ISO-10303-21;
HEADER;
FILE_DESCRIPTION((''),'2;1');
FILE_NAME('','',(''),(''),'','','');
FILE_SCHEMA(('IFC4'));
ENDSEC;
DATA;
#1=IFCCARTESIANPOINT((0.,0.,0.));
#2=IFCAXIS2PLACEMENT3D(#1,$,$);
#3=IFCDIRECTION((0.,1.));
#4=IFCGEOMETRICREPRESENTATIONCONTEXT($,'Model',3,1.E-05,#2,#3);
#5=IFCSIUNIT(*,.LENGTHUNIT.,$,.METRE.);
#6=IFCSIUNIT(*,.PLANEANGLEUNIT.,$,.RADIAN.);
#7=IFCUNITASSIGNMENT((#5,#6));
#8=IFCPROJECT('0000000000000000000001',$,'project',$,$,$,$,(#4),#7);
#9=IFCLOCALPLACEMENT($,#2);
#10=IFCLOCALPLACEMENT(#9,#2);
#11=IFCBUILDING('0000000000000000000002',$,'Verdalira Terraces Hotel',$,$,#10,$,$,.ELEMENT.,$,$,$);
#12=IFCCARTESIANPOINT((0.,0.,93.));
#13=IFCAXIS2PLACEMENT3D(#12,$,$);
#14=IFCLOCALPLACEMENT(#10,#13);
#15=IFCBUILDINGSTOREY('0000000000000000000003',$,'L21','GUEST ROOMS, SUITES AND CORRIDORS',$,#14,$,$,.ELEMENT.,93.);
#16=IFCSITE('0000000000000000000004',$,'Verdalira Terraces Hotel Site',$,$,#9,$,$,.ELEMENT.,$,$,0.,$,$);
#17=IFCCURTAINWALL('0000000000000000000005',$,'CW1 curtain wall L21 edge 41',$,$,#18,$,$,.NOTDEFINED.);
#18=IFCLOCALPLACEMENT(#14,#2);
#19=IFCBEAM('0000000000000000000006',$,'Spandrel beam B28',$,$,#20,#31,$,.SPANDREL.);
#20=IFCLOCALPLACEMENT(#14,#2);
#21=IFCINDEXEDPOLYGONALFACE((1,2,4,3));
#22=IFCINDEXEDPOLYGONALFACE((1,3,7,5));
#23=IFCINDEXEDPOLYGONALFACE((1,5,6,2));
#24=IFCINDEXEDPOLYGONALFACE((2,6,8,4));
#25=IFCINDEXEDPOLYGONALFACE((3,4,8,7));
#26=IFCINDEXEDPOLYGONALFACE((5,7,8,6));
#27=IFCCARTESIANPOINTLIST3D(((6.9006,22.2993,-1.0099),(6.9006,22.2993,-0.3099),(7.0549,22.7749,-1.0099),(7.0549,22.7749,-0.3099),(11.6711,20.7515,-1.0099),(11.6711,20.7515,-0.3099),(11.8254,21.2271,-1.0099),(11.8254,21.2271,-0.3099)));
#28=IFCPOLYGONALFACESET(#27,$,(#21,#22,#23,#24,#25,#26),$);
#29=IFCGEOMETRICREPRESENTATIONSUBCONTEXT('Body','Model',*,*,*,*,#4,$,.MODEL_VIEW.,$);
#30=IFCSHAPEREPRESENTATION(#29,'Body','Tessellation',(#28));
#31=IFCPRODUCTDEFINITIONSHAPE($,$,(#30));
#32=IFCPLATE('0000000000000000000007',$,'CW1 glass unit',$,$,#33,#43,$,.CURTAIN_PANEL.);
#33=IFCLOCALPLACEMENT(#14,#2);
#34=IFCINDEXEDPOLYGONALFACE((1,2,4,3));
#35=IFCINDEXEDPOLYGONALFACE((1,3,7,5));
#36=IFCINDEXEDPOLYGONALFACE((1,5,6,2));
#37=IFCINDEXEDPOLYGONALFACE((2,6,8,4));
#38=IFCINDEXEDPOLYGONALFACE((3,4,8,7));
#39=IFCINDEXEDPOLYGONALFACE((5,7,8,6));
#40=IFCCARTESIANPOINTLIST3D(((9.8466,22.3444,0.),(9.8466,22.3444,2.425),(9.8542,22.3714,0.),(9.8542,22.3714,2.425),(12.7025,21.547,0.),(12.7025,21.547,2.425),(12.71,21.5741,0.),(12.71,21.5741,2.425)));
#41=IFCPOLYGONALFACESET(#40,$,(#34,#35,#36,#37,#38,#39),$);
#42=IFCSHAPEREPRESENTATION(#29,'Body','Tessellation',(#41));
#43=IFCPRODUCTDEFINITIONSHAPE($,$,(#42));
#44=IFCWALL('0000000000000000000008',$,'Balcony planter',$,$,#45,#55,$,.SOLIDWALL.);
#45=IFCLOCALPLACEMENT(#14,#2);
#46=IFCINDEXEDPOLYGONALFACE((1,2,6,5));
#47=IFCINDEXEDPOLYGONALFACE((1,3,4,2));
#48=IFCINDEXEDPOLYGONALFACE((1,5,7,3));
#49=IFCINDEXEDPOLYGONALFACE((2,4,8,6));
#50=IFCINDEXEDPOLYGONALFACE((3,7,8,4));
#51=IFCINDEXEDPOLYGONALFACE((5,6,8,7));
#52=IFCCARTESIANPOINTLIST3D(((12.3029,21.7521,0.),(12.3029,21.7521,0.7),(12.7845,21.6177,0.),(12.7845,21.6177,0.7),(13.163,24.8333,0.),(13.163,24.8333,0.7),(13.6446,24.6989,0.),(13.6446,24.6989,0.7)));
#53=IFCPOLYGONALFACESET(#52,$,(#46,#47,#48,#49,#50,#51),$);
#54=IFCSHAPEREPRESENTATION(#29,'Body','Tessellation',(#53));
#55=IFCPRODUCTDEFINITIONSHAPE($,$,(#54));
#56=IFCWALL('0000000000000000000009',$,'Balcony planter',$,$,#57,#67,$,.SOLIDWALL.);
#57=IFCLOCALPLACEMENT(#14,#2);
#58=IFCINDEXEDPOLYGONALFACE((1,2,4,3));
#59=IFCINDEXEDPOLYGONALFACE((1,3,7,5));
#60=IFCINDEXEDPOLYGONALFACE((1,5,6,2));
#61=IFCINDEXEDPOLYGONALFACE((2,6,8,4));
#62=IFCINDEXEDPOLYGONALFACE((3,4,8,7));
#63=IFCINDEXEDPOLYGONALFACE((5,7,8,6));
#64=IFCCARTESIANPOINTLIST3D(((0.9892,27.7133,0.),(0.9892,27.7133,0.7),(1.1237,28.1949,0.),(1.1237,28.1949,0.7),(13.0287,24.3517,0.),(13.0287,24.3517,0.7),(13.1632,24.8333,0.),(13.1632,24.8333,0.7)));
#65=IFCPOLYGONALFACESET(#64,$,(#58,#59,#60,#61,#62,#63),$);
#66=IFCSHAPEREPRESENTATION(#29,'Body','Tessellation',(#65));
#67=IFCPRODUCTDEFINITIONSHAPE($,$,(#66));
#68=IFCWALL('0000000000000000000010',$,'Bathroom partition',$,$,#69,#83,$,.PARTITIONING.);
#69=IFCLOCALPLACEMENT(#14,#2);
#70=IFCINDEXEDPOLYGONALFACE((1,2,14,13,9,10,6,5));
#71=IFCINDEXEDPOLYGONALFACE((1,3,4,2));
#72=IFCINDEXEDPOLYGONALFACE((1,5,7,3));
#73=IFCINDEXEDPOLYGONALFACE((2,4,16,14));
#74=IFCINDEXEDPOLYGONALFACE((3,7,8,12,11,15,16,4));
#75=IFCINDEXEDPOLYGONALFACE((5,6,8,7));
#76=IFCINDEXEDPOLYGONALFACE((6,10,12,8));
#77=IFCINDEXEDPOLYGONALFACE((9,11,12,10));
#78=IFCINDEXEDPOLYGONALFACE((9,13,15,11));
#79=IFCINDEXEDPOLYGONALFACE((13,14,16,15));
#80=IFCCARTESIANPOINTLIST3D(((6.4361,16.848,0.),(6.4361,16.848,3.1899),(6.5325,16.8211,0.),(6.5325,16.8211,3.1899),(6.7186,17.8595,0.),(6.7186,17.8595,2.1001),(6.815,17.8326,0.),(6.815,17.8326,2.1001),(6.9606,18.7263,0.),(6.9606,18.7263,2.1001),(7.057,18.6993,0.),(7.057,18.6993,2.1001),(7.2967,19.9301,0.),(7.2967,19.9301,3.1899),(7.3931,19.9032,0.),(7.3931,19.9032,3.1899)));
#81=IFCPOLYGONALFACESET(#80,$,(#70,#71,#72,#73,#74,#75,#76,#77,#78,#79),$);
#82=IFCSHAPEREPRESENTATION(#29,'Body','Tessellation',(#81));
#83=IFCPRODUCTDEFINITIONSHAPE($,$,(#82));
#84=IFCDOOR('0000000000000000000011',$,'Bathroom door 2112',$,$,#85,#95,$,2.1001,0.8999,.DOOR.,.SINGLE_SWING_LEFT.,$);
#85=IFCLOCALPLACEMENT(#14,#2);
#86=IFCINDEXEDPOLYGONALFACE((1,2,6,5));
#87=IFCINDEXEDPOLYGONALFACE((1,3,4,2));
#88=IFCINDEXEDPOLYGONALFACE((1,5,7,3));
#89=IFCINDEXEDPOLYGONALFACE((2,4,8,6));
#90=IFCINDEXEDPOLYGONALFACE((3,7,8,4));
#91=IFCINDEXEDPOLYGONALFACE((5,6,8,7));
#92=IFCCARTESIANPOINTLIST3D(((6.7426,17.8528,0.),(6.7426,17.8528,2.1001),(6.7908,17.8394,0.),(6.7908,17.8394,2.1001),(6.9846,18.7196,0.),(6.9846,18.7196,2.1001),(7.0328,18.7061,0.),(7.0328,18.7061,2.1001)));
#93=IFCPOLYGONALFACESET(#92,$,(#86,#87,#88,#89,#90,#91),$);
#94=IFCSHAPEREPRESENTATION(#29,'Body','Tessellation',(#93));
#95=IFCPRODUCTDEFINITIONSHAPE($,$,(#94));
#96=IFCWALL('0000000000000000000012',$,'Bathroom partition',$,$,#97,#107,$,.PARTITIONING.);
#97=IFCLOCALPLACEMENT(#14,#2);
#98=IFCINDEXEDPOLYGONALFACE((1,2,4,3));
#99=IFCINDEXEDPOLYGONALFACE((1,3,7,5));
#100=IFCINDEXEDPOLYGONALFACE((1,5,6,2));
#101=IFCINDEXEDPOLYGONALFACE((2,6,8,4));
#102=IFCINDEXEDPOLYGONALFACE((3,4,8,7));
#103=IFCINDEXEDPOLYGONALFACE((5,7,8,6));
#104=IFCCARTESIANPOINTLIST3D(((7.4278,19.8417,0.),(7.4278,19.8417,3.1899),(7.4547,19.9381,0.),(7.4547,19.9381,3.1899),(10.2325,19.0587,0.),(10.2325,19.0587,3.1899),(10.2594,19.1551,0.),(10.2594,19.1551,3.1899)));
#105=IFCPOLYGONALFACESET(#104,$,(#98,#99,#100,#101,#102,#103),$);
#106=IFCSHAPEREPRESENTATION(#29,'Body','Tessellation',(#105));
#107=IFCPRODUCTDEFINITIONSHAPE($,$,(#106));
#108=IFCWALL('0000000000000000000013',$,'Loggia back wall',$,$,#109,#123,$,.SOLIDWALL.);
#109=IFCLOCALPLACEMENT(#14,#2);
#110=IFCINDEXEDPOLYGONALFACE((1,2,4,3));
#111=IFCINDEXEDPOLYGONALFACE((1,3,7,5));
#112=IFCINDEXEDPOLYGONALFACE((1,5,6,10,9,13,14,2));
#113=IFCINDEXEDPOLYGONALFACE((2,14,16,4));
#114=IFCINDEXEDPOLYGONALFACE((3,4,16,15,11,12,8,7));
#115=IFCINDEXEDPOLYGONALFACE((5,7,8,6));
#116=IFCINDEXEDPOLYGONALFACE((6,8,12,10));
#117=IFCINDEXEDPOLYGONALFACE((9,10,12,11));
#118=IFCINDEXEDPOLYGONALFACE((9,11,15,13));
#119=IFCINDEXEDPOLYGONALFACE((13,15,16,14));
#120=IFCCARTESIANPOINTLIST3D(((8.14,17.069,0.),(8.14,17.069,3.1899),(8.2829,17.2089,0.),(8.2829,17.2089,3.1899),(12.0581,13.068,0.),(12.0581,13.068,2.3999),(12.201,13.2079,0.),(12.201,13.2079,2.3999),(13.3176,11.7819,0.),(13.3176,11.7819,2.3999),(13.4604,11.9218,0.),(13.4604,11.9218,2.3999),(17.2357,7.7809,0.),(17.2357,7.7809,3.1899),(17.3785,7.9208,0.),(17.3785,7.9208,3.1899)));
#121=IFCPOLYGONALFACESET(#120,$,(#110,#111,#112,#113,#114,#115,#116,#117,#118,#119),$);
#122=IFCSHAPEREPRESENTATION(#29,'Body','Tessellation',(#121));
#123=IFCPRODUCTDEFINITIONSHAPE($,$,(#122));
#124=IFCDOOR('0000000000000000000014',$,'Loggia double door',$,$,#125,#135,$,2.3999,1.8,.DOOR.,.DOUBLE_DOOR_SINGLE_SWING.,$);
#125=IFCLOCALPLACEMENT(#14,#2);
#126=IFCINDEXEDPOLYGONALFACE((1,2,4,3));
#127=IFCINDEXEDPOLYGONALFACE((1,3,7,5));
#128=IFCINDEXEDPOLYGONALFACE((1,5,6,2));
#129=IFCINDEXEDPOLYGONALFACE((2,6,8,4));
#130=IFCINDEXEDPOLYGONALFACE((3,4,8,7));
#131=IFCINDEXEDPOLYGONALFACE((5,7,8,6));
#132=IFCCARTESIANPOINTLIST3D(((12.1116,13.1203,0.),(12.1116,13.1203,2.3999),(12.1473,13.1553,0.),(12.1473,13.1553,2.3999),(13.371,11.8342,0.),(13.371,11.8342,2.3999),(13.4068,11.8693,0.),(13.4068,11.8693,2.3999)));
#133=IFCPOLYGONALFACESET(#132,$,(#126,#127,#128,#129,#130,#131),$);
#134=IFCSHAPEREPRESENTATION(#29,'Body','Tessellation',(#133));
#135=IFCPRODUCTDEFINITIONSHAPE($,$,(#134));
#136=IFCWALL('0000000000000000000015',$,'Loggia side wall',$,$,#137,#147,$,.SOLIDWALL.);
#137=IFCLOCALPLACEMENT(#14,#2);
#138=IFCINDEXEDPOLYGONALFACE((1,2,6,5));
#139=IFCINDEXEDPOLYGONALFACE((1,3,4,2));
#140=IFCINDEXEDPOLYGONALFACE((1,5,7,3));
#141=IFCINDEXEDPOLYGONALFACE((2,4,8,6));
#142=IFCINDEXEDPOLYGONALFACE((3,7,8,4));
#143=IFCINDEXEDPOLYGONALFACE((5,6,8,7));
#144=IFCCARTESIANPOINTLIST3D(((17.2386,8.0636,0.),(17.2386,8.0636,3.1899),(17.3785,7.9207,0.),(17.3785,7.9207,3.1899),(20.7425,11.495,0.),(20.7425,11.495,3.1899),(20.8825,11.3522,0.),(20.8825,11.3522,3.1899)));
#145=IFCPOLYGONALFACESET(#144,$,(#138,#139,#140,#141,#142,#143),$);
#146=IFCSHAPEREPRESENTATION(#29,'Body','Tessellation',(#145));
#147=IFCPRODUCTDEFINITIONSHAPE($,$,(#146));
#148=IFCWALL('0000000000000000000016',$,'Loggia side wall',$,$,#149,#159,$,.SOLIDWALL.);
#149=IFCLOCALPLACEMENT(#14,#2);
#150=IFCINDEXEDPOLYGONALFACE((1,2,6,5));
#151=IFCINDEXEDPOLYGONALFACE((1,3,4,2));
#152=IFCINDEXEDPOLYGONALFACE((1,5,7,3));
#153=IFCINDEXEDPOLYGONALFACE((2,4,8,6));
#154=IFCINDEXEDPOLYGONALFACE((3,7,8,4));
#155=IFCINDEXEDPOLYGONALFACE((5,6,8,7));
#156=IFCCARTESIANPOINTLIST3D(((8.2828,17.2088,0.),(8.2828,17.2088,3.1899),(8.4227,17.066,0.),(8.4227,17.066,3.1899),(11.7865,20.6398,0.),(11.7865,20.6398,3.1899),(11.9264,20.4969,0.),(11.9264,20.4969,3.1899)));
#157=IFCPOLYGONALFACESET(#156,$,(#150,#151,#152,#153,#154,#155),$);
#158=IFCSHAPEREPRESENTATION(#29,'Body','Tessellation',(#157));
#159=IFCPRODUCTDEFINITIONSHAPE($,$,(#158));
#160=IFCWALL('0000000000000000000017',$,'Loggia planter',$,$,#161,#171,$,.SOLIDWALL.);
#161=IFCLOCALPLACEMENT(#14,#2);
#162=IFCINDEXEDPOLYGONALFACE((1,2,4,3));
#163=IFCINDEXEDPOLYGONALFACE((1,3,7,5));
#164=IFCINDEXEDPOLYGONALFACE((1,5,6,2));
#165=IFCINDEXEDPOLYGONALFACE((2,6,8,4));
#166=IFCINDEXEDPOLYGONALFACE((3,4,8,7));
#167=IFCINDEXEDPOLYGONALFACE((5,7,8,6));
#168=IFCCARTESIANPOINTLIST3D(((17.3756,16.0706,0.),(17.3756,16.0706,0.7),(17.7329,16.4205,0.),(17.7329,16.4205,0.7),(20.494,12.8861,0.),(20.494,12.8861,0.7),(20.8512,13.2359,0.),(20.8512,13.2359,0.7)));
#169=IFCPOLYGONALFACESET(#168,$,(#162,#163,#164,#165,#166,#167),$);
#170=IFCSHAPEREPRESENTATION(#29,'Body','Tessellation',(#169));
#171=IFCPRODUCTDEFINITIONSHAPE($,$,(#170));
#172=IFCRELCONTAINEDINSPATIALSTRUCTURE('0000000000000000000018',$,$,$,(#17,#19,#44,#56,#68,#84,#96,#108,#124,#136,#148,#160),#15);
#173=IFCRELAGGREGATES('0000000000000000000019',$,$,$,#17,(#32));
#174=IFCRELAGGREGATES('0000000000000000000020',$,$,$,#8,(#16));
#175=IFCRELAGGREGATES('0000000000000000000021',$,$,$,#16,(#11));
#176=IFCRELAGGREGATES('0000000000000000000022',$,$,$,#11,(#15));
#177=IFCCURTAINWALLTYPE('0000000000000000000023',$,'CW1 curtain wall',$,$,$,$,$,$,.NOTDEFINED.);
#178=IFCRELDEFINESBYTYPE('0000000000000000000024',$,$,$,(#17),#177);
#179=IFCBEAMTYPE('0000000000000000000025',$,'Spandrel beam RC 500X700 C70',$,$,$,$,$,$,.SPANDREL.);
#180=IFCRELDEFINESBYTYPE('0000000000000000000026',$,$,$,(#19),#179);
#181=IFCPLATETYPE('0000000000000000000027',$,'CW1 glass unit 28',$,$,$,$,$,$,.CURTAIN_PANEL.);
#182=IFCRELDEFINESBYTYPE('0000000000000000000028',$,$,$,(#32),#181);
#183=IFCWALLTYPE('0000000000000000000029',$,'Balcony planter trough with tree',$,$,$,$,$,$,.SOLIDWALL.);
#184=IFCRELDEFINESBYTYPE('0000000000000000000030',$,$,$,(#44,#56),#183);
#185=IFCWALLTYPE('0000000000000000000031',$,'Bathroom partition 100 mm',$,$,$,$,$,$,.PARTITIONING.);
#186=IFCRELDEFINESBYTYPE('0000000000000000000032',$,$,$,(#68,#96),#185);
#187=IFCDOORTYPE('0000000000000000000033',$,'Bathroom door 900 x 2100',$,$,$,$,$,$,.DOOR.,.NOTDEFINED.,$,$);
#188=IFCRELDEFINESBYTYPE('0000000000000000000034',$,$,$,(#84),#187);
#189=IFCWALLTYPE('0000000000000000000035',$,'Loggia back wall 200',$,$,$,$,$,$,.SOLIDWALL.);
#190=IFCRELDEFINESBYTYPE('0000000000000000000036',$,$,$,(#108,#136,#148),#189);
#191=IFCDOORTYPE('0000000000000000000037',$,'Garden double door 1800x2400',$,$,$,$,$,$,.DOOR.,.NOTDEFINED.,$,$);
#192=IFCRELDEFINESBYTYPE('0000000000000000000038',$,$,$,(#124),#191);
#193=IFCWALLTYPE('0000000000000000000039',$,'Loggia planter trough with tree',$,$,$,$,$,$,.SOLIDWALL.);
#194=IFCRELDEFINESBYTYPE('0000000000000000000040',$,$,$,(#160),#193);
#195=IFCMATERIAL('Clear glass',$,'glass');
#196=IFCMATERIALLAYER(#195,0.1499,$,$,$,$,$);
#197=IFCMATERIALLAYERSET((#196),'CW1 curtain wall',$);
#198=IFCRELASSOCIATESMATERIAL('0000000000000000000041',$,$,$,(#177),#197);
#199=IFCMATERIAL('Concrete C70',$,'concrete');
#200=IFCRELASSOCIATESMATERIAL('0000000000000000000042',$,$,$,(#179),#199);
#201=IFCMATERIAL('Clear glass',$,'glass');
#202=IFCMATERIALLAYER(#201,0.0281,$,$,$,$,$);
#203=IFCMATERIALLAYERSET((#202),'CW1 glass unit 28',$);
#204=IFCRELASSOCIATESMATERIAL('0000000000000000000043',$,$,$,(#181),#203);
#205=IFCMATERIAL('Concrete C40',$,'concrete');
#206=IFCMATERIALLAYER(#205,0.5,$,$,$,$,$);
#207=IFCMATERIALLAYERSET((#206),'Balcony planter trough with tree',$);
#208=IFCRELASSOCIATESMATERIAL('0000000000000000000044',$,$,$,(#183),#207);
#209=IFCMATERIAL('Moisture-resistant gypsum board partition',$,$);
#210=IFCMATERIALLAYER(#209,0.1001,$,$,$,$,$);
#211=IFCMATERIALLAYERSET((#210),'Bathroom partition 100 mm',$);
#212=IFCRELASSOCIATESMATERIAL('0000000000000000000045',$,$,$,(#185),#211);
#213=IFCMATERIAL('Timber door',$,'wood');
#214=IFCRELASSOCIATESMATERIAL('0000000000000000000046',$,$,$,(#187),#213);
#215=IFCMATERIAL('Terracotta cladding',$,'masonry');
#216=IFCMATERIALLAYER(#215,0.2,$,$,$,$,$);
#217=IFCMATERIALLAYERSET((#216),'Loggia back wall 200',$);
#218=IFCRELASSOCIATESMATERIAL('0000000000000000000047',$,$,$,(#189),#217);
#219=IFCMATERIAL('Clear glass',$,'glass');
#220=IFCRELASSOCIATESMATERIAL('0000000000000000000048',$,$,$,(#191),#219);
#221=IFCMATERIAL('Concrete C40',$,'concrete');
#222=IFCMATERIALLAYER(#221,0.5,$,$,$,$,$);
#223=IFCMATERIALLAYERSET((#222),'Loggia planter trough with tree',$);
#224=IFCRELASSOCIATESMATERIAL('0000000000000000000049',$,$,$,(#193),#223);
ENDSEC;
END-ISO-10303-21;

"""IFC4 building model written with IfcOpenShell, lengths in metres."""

from ifc_helpers import new_model, si_unit, direction, frame, frame_2d, origin, origin_2d, place, context, subcontext, project, spatial, rectangle, extrude, material, layer, layer_set, material_profile, profile_set, type_object, element, fill, aggregate, save


model = new_model("IFC4")

# Units and contexts
model_context = context("Model", 3, precision=1e-05, world=origin(), true_north=direction((0.0, 1.0)))
body_context = subcontext(model_context, "Body", "Model", "MODEL_VIEW")
ifc_project = project(units=[si_unit("LENGTHUNIT", "METRE"), si_unit("PLANEANGLEUNIT", "RADIAN")], contexts=[model_context])

# Site, building, storey
site_placement = place(None, origin())
site = spatial("IfcSite", under=ifc_project, at=site_placement, Name="Verdalira Terraces Hotel Site", CompositionType="ELEMENT", RefElevation=0.0)
building_placement = place(site_placement, origin())
building = spatial("IfcBuilding", under=site, at=building_placement, Name="Verdalira Terraces Hotel", CompositionType="ELEMENT")
storey_placement = place(building_placement, frame((0.0, 0.0, 93.0)))
storey = spatial("IfcBuildingStorey", under=building, at=storey_placement, Name="L21", Description="GUEST ROOMS, SUITES AND CORRIDORS", CompositionType="ELEMENT", Elevation=93.0)

# Shared definitions
ifc_material_1 = material(Name="Clear glass", Category="glass")
ifc_layer_1 = layer(ifc_material_1, 0.1499)
ifc_layer_set_1 = layer_set([ifc_layer_1], Name="CW1 curtain wall")
curtain_wall_type = type_object("IfcCurtainWallType", Name="CW1 curtain wall", PredefinedType="NOTDEFINED", material=ifc_layer_set_1)

# Curtain wall
curtain_wall_1_placement = place(storey_placement, origin())
curtain_wall_1 = element("IfcCurtainWall", 1, at=curtain_wall_1_placement, inside=storey, type_object=curtain_wall_type, Name="CW1 curtain wall L21 edge 41", PredefinedType="NOTDEFINED")

# Beam
ifc_material_2 = material(Name="Concrete C70", Category="concrete")
ifc_material_profile_1 = material_profile(ifc_material_2, rectangle(XDim=0.5, YDim=0.7, at=origin_2d()), Name="RC 500X700")
ifc_profile_set_1 = profile_set([ifc_material_profile_1], Name="Concrete C70")
beam_type_1 = type_object("IfcBeamType", Name="Spandrel beam RC 500X700 C70", PredefinedType="SPANDREL", material=ifc_profile_set_1)
beam_1_placement = place(storey_placement, frame((11.7483, 20.9893, -0.6599), z_axis=(-0.951184, 0.308624, 0.0), x_axis=(-0.308624, -0.951184, 0.0)))
element("IfcBeam", 2, at=beam_1_placement, inside=storey, type_object=beam_type_1, Name="Spandrel beam B28", PredefinedType="SPANDREL", context=body_context, shape_type="SweptSolid", body=[
    extrude(rectangle(XDim=0.5, YDim=0.7, at=origin_2d()), origin(), (0.0, 0.0, 1.0), 5.0154),
])

# Plate
ifc_material_3 = material(Name="Clear glass", Category="glass")
ifc_layer_2 = layer(ifc_material_3, 0.0281)
ifc_layer_set_2 = layer_set([ifc_layer_2], Name="CW1 glass unit 28")
plate_type = type_object("IfcPlateType", Name="CW1 glass unit 28", PredefinedType="CURTAIN_PANEL", material=ifc_layer_set_2)
plate_placement = place(storey_placement, frame((11.2783, 21.9592, 0.0), z_axis=(0.0, 0.0, 1.0), x_axis=(-0.963163, 0.26892, 0.0)))
plate = element("IfcPlate", 3, at=plate_placement, type_object=plate_type, Name="CW1 glass unit", PredefinedType="CURTAIN_PANEL", context=body_context, shape_type="SweptSolid", body=[
    extrude(rectangle(XDim=2.9651, YDim=0.0281, at=origin_2d()), origin(), (0.0, 0.0, 1.0), 2.425),
])
aggregate(curtain_wall_1, [plate])

# Walls
ifc_material_4 = material(Name="Concrete C40", Category="concrete")
ifc_layer_3 = layer(ifc_material_4, 0.5)
ifc_layer_set_3 = layer_set([ifc_layer_3], Name="Balcony planter trough with tree")
wall_type_1 = type_object("IfcWallType", Name="Balcony planter trough with tree", PredefinedType="SOLIDWALL", material=ifc_layer_set_3)
wall_1_placement = place(storey_placement, frame((12.5437, 21.6848, 0.0), z_axis=(0.0, 0.0, 1.0), x_axis=(0.26886, 0.963179, 0.0)))
element("IfcWall", 4, at=wall_1_placement, inside=storey, type_object=wall_type_1, Name="Balcony planter", PredefinedType="SOLIDWALL", context=body_context, shape_type="SweptSolid", body=[
    extrude(rectangle(XDim=3.199, YDim=0.5, at=frame_2d((1.5996, 0.0))), origin(), (0.0, 0.0, 1.0), 0.7),
])
wall_2_placement = place(storey_placement, frame((13.0959, 24.5925, 0.0), z_axis=(0.0, 0.0, 1.0), x_axis=(-0.963161, 0.268925, 0.0)))
element("IfcWall", 5, at=wall_2_placement, inside=storey, type_object=wall_type_1, Name="Balcony planter", PredefinedType="SOLIDWALL", context=body_context, shape_type="SweptSolid", body=[
    extrude(rectangle(XDim=12.5, YDim=0.5, at=frame_2d((6.25, 0.0))), origin(), (0.0, 0.0, 1.0), 0.7),
])

# Wall, opening, door
ifc_material_5 = material(Name="Moisture-resistant gypsum board partition")
ifc_layer_4 = layer(ifc_material_5, 0.1001)
ifc_layer_set_4 = layer_set([ifc_layer_4], Name="Bathroom partition 100 mm")
wall_type_2 = type_object("IfcWallType", Name="Bathroom partition 100 mm", PredefinedType="PARTITIONING", material=ifc_layer_set_4)
wall_3_placement = place(storey_placement, frame((7.345, 19.9167, 0.0), z_axis=(0.0, 0.0, 1.0), x_axis=(-0.268942, -0.963156, 0.0)))
wall_3 = element("IfcWall", 6, at=wall_3_placement, inside=storey, type_object=wall_type_2, Name="Bathroom partition", PredefinedType="PARTITIONING", context=body_context, shape_type="SweptSolid", body=[
    extrude(rectangle(XDim=3.2, YDim=0.1001, at=frame_2d((1.6001, 0.0))), origin(), (0.0, 0.0, 1.0), 3.1899),
])
opening_1_placement = place(wall_3_placement, frame((1.25, 0.0, 0.0)))
opening_1 = element("IfcOpeningElement", 7, at=opening_1_placement, cuts=wall_3, PredefinedType="OPENING", context=body_context, shape_type="SweptSolid", body=[
    extrude(rectangle(XDim=0.8999, YDim=2.1001, at=frame_2d((0.45, 1.05))), frame((0.0, 0.0601, 0.0), z_axis=(0.0, -1.0, 0.0), x_axis=(1.0, 0.0, 0.0)), (0.0, 0.0, 1.0), 0.1201),
])
ifc_material_6 = material(Name="Timber door", Category="wood")
door_type_1 = type_object("IfcDoorType", Name="Bathroom door 900 x 2100", OperationType="NOTDEFINED", PredefinedType="DOOR", material=ifc_material_6)
door_1_placement = place(opening_1_placement, origin())
door_1 = element("IfcDoor", 8, at=door_1_placement, inside=storey, type_object=door_type_1, Name="Bathroom door 2112", OperationType="SINGLE_SWING_LEFT", OverallHeight=2.1001, OverallWidth=0.8999, PredefinedType="DOOR", context=body_context, shape_type="SweptSolid", body=[
    extrude(rectangle(XDim=0.8999, YDim=2.1001, at=frame_2d((0.45, 1.05))), frame((0.0, 0.0249, 0.0), z_axis=(0.0, -1.0, 0.0), x_axis=(1.0, 0.0, 0.0)), (0.0, 0.0, 1.0), 0.05),
])
fill(opening_1, door_1)

# Wall
wall_4_placement = place(storey_placement, frame((7.4412, 19.8899, 0.0), z_axis=(0.0, 0.0, 1.0), x_axis=(0.963174, -0.26888, 0.0)))
element("IfcWall", 9, at=wall_4_placement, inside=storey, type_object=wall_type_2, Name="Bathroom partition", PredefinedType="PARTITIONING", context=body_context, shape_type="SweptSolid", body=[
    extrude(rectangle(XDim=2.9119, YDim=0.1001, at=frame_2d((1.4561, 0.0))), origin(), (0.0, 0.0, 1.0), 3.1899),
])

# Wall, opening, door
ifc_material_7 = material(Name="Terracotta cladding", Category="masonry")
ifc_layer_5 = layer(ifc_material_7, 0.2)
ifc_layer_set_5 = layer_set([ifc_layer_5], Name="Loggia back wall 200")
wall_type_3 = type_object("IfcWallType", Name="Loggia back wall 200", PredefinedType="SOLIDWALL", material=ifc_layer_set_5)
wall_5_placement = place(storey_placement, frame((8.2114, 17.1389, 0.0), z_axis=(0.0, 0.0, 1.0), x_axis=(0.699669, -0.714467, 0.0)))
wall_5 = element("IfcWall", 10, at=wall_5_placement, inside=storey, type_object=wall_type_3, Name="Loggia back wall", PredefinedType="SOLIDWALL", context=body_context, shape_type="SweptSolid", body=[
    extrude(rectangle(XDim=13.0, YDim=0.2, at=frame_2d((6.5, 0.0))), origin(), (0.0, 0.0, 1.0), 3.1899),
])
opening_2_placement = place(wall_5_placement, frame((5.6001, 0.0, 0.0)))
opening_2 = element("IfcOpeningElement", 11, at=opening_2_placement, cuts=wall_5, PredefinedType="OPENING", context=body_context, shape_type="SweptSolid", body=[
    extrude(rectangle(XDim=1.8, YDim=2.3999, at=frame_2d((0.8999, 1.2))), frame((0.0, 0.1099, 0.0), z_axis=(0.0, -1.0, 0.0), x_axis=(1.0, 0.0, 0.0)), (0.0, 0.0, 1.0), 0.22),
])
ifc_material_8 = material(Name="Clear glass", Category="glass")
door_type_2 = type_object("IfcDoorType", Name="Garden double door 1800x2400", OperationType="NOTDEFINED", PredefinedType="DOOR", material=ifc_material_8)
door_2_placement = place(opening_2_placement, origin())
door_2 = element("IfcDoor", 12, at=door_2_placement, inside=storey, type_object=door_type_2, Name="Loggia double door", OperationType="DOUBLE_DOOR_SINGLE_SWING", OverallHeight=2.3999, OverallWidth=1.8, PredefinedType="DOOR", context=body_context, shape_type="SweptSolid", body=[
    extrude(rectangle(XDim=1.8, YDim=2.3999, at=frame_2d((0.8999, 1.2))), frame((0.0, 0.0249, 0.0), z_axis=(0.0, -1.0, 0.0), x_axis=(1.0, 0.0, 0.0)), (0.0, 0.0, 1.0), 0.05),
])
fill(opening_2, door_2)

# Walls
wall_6_placement = place(storey_placement, frame((20.8125, 11.4236, 0.0), z_axis=(0.0, 0.0, 1.0), x_axis=(-0.714461, -0.699676, 0.0)))
element("IfcWall", 13, at=wall_6_placement, inside=storey, type_object=wall_type_3, Name="Loggia side wall", PredefinedType="SOLIDWALL", context=body_context, shape_type="SweptSolid", body=[
    extrude(rectangle(XDim=4.9043, YDim=0.2, at=frame_2d((2.4521, 0.0))), origin(), (0.0, 0.0, 1.0), 3.1899),
])
wall_7_placement = place(storey_placement, frame((11.8564, 20.5684, 0.0), z_axis=(0.0, 0.0, 1.0), x_axis=(-0.714486, -0.69965, 0.0)))
element("IfcWall", 14, at=wall_7_placement, inside=storey, type_object=wall_type_3, Name="Loggia side wall", PredefinedType="SOLIDWALL", context=body_context, shape_type="SweptSolid", body=[
    extrude(rectangle(XDim=4.9038, YDim=0.2, at=frame_2d((2.4519, 0.0))), origin(), (0.0, 0.0, 1.0), 3.1899),
])
ifc_material_9 = material(Name="Concrete C40", Category="concrete")
ifc_layer_6 = layer(ifc_material_9, 0.5)
ifc_layer_set_6 = layer_set([ifc_layer_6], Name="Loggia planter trough with tree")
wall_type_4 = type_object("IfcWallType", Name="Loggia planter trough with tree", PredefinedType="SOLIDWALL", material=ifc_layer_set_6)
wall_8_placement = place(storey_placement, frame((20.6726, 13.061, 0.0), z_axis=(0.0, 0.0, 1.0), x_axis=(-0.699646, 0.71449, 0.0)))
element("IfcWall", 15, at=wall_8_placement, inside=storey, type_object=wall_type_4, Name="Loggia planter", PredefinedType="SOLIDWALL", context=body_context, shape_type="SweptSolid", body=[
    extrude(rectangle(XDim=4.457, YDim=0.5, at=frame_2d((2.2285, 0.0))), origin(), (0.0, 0.0, 1.0), 0.7),
])

save(model, "model.ifc")
